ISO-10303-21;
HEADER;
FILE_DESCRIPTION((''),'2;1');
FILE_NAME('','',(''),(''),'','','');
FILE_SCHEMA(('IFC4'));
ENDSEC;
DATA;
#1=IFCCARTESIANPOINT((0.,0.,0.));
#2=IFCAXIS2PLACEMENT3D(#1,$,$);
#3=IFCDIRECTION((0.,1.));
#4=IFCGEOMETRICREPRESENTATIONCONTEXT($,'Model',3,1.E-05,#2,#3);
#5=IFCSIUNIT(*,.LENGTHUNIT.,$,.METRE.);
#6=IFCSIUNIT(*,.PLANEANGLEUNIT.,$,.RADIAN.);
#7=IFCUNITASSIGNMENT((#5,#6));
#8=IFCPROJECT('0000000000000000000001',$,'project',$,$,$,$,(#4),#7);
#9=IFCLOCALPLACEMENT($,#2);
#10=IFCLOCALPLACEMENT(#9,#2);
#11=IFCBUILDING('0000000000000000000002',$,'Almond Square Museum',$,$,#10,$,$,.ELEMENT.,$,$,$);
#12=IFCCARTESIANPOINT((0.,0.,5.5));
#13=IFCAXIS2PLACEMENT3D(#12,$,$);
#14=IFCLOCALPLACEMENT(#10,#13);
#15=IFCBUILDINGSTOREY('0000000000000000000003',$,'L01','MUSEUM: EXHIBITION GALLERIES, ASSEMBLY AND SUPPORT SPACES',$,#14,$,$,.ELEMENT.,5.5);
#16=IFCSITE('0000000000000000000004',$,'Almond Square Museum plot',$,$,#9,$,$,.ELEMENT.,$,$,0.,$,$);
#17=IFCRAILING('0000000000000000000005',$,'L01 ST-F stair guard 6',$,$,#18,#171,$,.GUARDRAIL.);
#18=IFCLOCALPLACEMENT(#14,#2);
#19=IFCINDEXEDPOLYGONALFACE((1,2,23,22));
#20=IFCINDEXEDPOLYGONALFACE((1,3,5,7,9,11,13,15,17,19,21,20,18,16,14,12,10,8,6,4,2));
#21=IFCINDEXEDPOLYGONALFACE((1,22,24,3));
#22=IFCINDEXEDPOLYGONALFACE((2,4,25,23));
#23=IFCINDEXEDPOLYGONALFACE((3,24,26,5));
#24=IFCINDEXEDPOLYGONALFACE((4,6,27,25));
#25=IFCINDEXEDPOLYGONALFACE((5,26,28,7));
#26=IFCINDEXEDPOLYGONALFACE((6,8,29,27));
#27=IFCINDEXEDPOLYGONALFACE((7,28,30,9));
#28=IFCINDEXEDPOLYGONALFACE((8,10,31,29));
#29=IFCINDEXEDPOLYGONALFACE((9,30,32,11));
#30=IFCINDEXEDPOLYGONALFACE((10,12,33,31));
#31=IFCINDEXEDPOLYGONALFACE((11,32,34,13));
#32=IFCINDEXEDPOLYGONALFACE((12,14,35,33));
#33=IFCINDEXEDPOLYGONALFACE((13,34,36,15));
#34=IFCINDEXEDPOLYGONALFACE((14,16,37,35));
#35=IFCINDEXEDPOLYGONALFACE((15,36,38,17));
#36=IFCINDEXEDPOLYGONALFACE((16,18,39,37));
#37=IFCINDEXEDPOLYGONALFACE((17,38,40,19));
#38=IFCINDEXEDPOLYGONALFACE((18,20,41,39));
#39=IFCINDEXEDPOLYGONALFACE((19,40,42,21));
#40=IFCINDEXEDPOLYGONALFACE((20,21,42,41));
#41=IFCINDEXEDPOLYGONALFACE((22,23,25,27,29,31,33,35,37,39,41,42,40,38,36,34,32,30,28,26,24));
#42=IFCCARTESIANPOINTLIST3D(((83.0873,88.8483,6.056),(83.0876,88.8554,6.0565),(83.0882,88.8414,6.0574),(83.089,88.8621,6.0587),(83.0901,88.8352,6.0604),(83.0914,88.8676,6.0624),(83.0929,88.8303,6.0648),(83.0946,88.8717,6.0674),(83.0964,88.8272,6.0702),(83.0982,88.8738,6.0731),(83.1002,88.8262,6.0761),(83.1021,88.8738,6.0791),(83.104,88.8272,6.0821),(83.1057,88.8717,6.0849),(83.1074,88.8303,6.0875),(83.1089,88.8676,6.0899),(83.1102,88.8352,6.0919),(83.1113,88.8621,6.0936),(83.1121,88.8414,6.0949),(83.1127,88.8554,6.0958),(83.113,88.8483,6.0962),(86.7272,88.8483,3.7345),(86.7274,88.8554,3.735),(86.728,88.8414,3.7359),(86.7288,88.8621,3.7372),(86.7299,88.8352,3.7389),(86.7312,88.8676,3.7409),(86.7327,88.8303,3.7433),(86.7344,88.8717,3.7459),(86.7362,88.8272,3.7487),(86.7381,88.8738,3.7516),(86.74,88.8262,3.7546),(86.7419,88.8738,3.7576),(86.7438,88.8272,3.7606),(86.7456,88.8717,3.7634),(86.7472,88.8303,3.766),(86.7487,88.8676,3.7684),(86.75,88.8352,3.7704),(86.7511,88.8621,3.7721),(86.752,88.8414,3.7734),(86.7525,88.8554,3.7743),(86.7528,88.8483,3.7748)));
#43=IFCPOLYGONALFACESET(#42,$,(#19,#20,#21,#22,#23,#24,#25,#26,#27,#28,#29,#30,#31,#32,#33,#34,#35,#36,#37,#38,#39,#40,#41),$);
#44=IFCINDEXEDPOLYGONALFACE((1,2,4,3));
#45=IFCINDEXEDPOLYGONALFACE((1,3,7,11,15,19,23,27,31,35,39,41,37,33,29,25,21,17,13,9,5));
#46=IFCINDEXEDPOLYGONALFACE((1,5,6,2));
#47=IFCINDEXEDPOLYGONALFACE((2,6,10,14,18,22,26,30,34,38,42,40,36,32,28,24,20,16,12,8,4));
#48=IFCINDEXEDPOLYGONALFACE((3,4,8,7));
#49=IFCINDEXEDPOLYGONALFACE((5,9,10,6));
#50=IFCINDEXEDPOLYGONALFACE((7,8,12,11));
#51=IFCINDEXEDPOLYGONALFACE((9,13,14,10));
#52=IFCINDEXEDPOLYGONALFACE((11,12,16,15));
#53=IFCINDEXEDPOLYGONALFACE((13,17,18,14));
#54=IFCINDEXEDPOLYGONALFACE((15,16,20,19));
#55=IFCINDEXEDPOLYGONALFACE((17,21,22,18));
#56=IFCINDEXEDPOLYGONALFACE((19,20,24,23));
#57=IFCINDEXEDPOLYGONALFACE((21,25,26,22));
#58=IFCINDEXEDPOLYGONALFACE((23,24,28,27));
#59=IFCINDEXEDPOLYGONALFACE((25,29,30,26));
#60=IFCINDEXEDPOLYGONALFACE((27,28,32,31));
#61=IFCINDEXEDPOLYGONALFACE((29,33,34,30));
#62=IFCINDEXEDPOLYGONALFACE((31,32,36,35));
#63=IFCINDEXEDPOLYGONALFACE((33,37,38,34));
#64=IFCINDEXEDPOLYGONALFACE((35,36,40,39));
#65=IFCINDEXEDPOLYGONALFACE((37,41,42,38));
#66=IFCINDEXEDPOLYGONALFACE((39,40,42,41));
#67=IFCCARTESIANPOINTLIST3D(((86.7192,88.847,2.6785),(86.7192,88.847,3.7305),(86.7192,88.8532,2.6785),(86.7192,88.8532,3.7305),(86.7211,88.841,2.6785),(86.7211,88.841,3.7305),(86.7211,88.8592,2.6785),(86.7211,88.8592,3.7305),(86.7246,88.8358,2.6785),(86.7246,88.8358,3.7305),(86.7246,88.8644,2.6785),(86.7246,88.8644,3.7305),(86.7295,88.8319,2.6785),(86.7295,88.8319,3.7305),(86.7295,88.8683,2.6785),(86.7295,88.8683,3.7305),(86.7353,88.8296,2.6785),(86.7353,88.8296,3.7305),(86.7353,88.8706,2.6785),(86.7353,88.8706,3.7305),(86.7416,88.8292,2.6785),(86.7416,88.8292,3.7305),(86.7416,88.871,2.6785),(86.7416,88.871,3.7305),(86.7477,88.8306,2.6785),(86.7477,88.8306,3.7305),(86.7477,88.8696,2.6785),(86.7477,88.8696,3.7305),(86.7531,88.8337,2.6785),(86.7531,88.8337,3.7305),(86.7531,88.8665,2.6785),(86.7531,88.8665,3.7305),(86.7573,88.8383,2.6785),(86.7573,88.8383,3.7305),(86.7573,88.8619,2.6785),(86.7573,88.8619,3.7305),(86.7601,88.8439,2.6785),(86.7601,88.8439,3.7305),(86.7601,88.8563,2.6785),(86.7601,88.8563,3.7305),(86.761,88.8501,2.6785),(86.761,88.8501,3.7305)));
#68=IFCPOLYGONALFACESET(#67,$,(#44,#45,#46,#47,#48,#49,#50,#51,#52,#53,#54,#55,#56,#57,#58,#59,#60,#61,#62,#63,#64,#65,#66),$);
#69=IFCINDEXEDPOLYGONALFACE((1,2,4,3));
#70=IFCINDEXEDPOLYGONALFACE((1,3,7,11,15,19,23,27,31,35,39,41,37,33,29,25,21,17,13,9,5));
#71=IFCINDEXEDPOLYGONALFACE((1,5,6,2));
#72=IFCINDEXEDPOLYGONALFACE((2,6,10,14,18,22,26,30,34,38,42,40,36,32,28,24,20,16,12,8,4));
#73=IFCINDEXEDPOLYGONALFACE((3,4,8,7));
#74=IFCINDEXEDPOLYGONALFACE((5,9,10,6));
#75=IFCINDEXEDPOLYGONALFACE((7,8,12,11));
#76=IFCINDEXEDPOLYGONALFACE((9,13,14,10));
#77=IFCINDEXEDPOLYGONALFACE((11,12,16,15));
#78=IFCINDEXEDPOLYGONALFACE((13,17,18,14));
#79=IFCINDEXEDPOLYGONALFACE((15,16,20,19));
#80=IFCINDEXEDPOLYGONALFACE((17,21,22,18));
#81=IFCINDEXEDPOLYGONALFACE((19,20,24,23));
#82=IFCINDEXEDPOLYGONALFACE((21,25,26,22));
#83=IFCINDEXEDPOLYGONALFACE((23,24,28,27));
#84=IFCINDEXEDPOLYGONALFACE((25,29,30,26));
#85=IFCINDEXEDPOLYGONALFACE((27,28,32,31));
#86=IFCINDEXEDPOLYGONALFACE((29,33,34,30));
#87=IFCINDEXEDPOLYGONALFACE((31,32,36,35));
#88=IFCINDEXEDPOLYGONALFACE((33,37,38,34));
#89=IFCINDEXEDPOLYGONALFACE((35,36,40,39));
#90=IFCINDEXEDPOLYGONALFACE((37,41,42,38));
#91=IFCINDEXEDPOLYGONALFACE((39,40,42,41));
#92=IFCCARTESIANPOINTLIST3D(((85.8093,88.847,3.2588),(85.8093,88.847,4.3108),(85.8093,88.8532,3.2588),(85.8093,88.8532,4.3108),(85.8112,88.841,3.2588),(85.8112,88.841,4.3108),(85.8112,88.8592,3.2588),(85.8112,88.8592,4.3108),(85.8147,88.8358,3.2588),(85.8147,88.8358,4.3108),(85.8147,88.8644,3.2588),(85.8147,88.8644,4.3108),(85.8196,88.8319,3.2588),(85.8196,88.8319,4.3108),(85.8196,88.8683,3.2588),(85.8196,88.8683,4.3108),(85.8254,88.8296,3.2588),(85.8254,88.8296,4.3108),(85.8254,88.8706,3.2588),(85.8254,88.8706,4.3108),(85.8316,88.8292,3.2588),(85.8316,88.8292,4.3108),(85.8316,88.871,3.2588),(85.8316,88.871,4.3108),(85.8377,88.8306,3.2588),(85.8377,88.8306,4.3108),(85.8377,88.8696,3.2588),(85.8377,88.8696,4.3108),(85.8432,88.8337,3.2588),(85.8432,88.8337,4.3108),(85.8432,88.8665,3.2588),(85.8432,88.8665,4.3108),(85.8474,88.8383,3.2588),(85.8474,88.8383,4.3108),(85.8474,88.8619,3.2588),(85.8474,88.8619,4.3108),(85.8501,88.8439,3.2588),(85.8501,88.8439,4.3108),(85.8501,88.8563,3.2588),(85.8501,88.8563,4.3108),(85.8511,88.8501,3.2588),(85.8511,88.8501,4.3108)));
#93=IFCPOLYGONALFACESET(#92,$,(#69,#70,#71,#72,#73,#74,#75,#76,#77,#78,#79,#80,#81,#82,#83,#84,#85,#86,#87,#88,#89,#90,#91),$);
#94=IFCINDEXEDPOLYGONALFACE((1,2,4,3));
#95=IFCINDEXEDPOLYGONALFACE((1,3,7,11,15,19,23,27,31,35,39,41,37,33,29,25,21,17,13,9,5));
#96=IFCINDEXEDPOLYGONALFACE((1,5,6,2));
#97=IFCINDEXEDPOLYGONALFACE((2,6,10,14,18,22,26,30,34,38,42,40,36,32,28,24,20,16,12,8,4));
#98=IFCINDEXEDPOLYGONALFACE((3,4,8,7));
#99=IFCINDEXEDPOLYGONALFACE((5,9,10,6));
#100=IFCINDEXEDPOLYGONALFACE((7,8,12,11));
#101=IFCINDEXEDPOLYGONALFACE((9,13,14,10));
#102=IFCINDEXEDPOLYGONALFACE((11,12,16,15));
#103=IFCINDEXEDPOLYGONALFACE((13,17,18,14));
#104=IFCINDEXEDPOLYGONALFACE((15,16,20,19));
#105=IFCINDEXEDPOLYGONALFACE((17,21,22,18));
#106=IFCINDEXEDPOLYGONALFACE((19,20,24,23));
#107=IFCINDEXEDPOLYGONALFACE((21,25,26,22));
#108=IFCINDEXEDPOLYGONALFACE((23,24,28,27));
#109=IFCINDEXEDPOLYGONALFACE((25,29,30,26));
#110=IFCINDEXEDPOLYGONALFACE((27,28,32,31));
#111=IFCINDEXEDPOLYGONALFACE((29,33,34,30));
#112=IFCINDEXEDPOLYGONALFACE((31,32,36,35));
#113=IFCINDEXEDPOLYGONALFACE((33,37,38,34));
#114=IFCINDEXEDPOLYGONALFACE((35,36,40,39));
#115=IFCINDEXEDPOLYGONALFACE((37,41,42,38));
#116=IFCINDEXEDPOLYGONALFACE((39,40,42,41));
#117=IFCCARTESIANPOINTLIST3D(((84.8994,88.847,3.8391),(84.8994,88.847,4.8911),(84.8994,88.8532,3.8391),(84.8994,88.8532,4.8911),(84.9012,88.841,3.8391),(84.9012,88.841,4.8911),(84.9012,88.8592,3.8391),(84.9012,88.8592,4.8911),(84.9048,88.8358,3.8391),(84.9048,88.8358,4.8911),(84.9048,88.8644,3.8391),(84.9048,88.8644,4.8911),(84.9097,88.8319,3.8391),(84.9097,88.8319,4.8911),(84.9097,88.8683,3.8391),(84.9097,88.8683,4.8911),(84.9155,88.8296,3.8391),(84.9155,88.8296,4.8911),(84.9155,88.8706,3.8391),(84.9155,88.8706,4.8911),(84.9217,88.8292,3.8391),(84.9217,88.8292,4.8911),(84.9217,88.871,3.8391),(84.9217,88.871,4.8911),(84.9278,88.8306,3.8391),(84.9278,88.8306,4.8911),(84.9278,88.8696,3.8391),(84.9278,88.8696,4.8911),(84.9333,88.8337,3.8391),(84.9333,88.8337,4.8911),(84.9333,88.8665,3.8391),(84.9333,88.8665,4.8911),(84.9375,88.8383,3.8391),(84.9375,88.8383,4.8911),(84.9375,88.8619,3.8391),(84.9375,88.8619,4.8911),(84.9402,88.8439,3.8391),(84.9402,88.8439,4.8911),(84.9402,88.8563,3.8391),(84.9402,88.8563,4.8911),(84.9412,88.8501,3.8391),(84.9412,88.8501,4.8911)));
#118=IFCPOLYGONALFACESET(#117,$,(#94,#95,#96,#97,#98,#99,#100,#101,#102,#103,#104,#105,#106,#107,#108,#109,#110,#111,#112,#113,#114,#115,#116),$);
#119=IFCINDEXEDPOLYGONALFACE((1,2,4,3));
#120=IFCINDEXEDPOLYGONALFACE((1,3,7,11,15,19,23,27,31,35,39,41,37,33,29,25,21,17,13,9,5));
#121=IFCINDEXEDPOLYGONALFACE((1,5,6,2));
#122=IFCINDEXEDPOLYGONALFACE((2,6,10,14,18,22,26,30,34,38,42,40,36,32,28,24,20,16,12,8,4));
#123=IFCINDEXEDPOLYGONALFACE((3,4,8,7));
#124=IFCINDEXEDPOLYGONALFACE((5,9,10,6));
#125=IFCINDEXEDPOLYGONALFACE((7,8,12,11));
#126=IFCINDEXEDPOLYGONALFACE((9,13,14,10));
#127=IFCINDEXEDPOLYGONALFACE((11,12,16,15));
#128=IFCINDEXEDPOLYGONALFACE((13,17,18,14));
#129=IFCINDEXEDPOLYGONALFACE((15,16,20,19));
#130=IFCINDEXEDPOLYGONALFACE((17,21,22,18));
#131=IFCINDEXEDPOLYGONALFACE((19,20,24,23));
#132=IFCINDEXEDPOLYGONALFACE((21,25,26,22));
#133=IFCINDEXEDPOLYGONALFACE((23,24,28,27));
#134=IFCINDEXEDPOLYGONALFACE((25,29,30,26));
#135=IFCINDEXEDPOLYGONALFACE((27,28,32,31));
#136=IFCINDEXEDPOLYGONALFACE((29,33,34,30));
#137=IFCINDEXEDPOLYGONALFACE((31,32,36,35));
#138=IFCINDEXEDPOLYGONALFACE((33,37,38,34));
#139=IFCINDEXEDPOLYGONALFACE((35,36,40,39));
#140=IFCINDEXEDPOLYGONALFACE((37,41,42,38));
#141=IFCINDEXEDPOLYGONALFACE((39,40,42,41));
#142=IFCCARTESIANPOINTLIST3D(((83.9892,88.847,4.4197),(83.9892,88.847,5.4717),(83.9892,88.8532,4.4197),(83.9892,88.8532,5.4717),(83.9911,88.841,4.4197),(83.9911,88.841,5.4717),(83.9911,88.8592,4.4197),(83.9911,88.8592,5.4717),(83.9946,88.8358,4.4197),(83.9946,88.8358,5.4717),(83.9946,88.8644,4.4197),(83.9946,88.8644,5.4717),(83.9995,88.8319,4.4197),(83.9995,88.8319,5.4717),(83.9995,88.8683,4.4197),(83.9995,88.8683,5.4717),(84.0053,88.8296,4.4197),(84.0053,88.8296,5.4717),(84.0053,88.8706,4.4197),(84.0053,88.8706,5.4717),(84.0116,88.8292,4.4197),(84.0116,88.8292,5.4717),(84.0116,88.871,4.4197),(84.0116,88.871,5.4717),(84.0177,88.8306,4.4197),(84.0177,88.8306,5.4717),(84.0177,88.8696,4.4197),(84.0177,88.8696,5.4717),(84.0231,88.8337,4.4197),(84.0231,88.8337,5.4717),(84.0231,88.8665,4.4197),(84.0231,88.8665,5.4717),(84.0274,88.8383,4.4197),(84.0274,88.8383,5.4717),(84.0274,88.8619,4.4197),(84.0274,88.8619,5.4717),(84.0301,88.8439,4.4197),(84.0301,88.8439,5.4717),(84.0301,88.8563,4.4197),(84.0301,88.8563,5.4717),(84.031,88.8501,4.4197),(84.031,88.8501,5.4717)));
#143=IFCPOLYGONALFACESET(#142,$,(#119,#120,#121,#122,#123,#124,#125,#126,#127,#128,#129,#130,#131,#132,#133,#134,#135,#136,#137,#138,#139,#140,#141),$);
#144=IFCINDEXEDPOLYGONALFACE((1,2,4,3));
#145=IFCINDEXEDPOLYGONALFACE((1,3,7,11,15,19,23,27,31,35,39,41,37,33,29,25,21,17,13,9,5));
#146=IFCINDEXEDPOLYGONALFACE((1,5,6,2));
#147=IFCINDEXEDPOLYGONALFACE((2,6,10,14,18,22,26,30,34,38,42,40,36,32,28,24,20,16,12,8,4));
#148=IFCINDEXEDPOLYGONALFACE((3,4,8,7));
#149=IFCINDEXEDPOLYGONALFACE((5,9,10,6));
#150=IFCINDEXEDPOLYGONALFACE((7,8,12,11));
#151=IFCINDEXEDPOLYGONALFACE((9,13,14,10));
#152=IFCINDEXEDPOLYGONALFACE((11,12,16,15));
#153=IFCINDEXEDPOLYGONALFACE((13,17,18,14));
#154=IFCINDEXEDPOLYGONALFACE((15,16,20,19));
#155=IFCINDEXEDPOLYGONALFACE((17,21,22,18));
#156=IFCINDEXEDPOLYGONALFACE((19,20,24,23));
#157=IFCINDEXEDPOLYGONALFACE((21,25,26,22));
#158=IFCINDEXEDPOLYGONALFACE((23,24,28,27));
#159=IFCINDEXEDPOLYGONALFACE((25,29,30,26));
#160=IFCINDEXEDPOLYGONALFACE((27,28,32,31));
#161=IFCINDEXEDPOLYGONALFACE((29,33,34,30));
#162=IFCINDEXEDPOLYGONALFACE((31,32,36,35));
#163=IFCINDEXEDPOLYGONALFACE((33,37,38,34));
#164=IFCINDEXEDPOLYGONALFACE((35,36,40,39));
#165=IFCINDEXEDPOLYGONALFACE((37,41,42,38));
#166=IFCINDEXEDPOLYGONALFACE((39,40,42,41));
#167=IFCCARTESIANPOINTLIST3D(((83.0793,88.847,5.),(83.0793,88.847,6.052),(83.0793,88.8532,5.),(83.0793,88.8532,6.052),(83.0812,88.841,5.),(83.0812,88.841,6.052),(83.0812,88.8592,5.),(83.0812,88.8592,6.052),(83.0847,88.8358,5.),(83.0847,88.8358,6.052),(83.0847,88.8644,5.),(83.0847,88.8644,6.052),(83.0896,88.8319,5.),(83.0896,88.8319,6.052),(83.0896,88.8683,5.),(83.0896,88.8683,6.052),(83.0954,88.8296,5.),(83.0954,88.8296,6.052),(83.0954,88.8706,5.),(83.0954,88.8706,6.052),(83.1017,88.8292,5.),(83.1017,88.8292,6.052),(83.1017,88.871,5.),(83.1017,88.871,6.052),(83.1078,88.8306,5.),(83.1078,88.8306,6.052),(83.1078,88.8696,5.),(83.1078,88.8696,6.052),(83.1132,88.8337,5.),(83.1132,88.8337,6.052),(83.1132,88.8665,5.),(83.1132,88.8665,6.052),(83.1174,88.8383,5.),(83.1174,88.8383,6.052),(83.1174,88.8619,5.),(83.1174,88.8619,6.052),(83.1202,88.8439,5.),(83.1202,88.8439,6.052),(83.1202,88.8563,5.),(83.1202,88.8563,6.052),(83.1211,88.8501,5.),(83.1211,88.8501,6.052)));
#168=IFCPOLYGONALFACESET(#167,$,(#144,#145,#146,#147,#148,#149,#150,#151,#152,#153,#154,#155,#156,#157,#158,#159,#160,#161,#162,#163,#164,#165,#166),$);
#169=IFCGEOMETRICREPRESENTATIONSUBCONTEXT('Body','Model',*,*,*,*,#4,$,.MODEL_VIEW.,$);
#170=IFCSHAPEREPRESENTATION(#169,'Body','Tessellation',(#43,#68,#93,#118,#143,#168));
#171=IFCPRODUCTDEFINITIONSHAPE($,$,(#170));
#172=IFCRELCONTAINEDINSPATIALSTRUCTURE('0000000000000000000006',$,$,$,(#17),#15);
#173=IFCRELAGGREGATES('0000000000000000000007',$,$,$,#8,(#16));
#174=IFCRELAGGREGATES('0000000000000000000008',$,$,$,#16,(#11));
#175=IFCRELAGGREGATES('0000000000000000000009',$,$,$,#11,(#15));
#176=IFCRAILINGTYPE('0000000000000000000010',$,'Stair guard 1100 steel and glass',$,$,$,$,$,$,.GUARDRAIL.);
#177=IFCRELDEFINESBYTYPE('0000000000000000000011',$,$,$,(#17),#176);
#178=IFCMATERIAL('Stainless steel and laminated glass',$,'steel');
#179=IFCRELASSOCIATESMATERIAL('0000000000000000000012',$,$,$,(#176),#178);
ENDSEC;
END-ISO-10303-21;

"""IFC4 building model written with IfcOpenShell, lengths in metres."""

from ifc_helpers import new_model, si_unit, direction, frame, origin, origin_2d, place, context, subcontext, project, spatial, circle, extrude, material, type_object, element, save


model = new_model("IFC4")

# Units and contexts
model_context = context("Model", 3, precision=1e-05, world=origin(), true_north=direction((0.0, 1.0)))
body_context = subcontext(model_context, "Body", "Model", "MODEL_VIEW")
ifc_project = project(units=[si_unit("LENGTHUNIT", "METRE"), si_unit("PLANEANGLEUNIT", "RADIAN")], contexts=[model_context])

# Site, building, storey
site_placement = place(None, origin())
site = spatial("IfcSite", under=ifc_project, at=site_placement, Name="Almond Square Museum plot", CompositionType="ELEMENT", RefElevation=0.0)
building_placement = place(site_placement, origin())
building = spatial("IfcBuilding", under=site, at=building_placement, Name="Almond Square Museum", CompositionType="ELEMENT")
storey_placement = place(building_placement, frame((0.0, 0.0, 5.5)))
storey = spatial("IfcBuildingStorey", under=building, at=storey_placement, Name="L01", Description="MUSEUM: EXHIBITION GALLERIES, ASSEMBLY AND SUPPORT SPACES", CompositionType="ELEMENT", Elevation=5.5)

# Railing
ifc_material_1 = material(Name="Stainless steel and laminated glass", Category="steel")
railing_type_1 = type_object("IfcRailingType", Name="Stair guard 1100 steel and glass", PredefinedType="GUARDRAIL", material=ifc_material_1)
railing_1_placement = place(storey_placement, frame((86.74, 88.8501, 2.6785)))
element("IfcRailing", 1, at=railing_1_placement, inside=storey, type_object=railing_type_1, Name="L01 ST-F stair guard 6", PredefinedType="GUARDRAIL", context=body_context, shape_type="SweptSolid", body=[
    extrude(circle(Radius=0.0239, at=origin_2d()), frame((0.0, 0.0, 1.0762), z_axis=(-0.843112, 0.0, 0.537739), x_axis=(0.0, -1.0, 0.0)), (0.0, 0.0, 1.0), 4.3171),
    extrude(circle(Radius=0.021, at=origin_2d()), origin(), (0.0, 0.0, 1.0), 1.052),
    extrude(circle(Radius=0.021, at=origin_2d()), frame((-0.9099, 0.0, 0.5803)), (0.0, 0.0, 1.0), 1.052),
    extrude(circle(Radius=0.021, at=origin_2d()), frame((-1.8198, 0.0, 1.1606)), (0.0, 0.0, 1.0), 1.052),
    extrude(circle(Radius=0.021, at=origin_2d()), frame((-2.73, 0.0, 1.7412)), (0.0, 0.0, 1.0), 1.052),
    extrude(circle(Radius=0.021, at=origin_2d()), frame((-3.6399, 0.0, 2.3215)), (0.0, 0.0, 1.0), 1.052),
])

save(model, "model.ifc")
